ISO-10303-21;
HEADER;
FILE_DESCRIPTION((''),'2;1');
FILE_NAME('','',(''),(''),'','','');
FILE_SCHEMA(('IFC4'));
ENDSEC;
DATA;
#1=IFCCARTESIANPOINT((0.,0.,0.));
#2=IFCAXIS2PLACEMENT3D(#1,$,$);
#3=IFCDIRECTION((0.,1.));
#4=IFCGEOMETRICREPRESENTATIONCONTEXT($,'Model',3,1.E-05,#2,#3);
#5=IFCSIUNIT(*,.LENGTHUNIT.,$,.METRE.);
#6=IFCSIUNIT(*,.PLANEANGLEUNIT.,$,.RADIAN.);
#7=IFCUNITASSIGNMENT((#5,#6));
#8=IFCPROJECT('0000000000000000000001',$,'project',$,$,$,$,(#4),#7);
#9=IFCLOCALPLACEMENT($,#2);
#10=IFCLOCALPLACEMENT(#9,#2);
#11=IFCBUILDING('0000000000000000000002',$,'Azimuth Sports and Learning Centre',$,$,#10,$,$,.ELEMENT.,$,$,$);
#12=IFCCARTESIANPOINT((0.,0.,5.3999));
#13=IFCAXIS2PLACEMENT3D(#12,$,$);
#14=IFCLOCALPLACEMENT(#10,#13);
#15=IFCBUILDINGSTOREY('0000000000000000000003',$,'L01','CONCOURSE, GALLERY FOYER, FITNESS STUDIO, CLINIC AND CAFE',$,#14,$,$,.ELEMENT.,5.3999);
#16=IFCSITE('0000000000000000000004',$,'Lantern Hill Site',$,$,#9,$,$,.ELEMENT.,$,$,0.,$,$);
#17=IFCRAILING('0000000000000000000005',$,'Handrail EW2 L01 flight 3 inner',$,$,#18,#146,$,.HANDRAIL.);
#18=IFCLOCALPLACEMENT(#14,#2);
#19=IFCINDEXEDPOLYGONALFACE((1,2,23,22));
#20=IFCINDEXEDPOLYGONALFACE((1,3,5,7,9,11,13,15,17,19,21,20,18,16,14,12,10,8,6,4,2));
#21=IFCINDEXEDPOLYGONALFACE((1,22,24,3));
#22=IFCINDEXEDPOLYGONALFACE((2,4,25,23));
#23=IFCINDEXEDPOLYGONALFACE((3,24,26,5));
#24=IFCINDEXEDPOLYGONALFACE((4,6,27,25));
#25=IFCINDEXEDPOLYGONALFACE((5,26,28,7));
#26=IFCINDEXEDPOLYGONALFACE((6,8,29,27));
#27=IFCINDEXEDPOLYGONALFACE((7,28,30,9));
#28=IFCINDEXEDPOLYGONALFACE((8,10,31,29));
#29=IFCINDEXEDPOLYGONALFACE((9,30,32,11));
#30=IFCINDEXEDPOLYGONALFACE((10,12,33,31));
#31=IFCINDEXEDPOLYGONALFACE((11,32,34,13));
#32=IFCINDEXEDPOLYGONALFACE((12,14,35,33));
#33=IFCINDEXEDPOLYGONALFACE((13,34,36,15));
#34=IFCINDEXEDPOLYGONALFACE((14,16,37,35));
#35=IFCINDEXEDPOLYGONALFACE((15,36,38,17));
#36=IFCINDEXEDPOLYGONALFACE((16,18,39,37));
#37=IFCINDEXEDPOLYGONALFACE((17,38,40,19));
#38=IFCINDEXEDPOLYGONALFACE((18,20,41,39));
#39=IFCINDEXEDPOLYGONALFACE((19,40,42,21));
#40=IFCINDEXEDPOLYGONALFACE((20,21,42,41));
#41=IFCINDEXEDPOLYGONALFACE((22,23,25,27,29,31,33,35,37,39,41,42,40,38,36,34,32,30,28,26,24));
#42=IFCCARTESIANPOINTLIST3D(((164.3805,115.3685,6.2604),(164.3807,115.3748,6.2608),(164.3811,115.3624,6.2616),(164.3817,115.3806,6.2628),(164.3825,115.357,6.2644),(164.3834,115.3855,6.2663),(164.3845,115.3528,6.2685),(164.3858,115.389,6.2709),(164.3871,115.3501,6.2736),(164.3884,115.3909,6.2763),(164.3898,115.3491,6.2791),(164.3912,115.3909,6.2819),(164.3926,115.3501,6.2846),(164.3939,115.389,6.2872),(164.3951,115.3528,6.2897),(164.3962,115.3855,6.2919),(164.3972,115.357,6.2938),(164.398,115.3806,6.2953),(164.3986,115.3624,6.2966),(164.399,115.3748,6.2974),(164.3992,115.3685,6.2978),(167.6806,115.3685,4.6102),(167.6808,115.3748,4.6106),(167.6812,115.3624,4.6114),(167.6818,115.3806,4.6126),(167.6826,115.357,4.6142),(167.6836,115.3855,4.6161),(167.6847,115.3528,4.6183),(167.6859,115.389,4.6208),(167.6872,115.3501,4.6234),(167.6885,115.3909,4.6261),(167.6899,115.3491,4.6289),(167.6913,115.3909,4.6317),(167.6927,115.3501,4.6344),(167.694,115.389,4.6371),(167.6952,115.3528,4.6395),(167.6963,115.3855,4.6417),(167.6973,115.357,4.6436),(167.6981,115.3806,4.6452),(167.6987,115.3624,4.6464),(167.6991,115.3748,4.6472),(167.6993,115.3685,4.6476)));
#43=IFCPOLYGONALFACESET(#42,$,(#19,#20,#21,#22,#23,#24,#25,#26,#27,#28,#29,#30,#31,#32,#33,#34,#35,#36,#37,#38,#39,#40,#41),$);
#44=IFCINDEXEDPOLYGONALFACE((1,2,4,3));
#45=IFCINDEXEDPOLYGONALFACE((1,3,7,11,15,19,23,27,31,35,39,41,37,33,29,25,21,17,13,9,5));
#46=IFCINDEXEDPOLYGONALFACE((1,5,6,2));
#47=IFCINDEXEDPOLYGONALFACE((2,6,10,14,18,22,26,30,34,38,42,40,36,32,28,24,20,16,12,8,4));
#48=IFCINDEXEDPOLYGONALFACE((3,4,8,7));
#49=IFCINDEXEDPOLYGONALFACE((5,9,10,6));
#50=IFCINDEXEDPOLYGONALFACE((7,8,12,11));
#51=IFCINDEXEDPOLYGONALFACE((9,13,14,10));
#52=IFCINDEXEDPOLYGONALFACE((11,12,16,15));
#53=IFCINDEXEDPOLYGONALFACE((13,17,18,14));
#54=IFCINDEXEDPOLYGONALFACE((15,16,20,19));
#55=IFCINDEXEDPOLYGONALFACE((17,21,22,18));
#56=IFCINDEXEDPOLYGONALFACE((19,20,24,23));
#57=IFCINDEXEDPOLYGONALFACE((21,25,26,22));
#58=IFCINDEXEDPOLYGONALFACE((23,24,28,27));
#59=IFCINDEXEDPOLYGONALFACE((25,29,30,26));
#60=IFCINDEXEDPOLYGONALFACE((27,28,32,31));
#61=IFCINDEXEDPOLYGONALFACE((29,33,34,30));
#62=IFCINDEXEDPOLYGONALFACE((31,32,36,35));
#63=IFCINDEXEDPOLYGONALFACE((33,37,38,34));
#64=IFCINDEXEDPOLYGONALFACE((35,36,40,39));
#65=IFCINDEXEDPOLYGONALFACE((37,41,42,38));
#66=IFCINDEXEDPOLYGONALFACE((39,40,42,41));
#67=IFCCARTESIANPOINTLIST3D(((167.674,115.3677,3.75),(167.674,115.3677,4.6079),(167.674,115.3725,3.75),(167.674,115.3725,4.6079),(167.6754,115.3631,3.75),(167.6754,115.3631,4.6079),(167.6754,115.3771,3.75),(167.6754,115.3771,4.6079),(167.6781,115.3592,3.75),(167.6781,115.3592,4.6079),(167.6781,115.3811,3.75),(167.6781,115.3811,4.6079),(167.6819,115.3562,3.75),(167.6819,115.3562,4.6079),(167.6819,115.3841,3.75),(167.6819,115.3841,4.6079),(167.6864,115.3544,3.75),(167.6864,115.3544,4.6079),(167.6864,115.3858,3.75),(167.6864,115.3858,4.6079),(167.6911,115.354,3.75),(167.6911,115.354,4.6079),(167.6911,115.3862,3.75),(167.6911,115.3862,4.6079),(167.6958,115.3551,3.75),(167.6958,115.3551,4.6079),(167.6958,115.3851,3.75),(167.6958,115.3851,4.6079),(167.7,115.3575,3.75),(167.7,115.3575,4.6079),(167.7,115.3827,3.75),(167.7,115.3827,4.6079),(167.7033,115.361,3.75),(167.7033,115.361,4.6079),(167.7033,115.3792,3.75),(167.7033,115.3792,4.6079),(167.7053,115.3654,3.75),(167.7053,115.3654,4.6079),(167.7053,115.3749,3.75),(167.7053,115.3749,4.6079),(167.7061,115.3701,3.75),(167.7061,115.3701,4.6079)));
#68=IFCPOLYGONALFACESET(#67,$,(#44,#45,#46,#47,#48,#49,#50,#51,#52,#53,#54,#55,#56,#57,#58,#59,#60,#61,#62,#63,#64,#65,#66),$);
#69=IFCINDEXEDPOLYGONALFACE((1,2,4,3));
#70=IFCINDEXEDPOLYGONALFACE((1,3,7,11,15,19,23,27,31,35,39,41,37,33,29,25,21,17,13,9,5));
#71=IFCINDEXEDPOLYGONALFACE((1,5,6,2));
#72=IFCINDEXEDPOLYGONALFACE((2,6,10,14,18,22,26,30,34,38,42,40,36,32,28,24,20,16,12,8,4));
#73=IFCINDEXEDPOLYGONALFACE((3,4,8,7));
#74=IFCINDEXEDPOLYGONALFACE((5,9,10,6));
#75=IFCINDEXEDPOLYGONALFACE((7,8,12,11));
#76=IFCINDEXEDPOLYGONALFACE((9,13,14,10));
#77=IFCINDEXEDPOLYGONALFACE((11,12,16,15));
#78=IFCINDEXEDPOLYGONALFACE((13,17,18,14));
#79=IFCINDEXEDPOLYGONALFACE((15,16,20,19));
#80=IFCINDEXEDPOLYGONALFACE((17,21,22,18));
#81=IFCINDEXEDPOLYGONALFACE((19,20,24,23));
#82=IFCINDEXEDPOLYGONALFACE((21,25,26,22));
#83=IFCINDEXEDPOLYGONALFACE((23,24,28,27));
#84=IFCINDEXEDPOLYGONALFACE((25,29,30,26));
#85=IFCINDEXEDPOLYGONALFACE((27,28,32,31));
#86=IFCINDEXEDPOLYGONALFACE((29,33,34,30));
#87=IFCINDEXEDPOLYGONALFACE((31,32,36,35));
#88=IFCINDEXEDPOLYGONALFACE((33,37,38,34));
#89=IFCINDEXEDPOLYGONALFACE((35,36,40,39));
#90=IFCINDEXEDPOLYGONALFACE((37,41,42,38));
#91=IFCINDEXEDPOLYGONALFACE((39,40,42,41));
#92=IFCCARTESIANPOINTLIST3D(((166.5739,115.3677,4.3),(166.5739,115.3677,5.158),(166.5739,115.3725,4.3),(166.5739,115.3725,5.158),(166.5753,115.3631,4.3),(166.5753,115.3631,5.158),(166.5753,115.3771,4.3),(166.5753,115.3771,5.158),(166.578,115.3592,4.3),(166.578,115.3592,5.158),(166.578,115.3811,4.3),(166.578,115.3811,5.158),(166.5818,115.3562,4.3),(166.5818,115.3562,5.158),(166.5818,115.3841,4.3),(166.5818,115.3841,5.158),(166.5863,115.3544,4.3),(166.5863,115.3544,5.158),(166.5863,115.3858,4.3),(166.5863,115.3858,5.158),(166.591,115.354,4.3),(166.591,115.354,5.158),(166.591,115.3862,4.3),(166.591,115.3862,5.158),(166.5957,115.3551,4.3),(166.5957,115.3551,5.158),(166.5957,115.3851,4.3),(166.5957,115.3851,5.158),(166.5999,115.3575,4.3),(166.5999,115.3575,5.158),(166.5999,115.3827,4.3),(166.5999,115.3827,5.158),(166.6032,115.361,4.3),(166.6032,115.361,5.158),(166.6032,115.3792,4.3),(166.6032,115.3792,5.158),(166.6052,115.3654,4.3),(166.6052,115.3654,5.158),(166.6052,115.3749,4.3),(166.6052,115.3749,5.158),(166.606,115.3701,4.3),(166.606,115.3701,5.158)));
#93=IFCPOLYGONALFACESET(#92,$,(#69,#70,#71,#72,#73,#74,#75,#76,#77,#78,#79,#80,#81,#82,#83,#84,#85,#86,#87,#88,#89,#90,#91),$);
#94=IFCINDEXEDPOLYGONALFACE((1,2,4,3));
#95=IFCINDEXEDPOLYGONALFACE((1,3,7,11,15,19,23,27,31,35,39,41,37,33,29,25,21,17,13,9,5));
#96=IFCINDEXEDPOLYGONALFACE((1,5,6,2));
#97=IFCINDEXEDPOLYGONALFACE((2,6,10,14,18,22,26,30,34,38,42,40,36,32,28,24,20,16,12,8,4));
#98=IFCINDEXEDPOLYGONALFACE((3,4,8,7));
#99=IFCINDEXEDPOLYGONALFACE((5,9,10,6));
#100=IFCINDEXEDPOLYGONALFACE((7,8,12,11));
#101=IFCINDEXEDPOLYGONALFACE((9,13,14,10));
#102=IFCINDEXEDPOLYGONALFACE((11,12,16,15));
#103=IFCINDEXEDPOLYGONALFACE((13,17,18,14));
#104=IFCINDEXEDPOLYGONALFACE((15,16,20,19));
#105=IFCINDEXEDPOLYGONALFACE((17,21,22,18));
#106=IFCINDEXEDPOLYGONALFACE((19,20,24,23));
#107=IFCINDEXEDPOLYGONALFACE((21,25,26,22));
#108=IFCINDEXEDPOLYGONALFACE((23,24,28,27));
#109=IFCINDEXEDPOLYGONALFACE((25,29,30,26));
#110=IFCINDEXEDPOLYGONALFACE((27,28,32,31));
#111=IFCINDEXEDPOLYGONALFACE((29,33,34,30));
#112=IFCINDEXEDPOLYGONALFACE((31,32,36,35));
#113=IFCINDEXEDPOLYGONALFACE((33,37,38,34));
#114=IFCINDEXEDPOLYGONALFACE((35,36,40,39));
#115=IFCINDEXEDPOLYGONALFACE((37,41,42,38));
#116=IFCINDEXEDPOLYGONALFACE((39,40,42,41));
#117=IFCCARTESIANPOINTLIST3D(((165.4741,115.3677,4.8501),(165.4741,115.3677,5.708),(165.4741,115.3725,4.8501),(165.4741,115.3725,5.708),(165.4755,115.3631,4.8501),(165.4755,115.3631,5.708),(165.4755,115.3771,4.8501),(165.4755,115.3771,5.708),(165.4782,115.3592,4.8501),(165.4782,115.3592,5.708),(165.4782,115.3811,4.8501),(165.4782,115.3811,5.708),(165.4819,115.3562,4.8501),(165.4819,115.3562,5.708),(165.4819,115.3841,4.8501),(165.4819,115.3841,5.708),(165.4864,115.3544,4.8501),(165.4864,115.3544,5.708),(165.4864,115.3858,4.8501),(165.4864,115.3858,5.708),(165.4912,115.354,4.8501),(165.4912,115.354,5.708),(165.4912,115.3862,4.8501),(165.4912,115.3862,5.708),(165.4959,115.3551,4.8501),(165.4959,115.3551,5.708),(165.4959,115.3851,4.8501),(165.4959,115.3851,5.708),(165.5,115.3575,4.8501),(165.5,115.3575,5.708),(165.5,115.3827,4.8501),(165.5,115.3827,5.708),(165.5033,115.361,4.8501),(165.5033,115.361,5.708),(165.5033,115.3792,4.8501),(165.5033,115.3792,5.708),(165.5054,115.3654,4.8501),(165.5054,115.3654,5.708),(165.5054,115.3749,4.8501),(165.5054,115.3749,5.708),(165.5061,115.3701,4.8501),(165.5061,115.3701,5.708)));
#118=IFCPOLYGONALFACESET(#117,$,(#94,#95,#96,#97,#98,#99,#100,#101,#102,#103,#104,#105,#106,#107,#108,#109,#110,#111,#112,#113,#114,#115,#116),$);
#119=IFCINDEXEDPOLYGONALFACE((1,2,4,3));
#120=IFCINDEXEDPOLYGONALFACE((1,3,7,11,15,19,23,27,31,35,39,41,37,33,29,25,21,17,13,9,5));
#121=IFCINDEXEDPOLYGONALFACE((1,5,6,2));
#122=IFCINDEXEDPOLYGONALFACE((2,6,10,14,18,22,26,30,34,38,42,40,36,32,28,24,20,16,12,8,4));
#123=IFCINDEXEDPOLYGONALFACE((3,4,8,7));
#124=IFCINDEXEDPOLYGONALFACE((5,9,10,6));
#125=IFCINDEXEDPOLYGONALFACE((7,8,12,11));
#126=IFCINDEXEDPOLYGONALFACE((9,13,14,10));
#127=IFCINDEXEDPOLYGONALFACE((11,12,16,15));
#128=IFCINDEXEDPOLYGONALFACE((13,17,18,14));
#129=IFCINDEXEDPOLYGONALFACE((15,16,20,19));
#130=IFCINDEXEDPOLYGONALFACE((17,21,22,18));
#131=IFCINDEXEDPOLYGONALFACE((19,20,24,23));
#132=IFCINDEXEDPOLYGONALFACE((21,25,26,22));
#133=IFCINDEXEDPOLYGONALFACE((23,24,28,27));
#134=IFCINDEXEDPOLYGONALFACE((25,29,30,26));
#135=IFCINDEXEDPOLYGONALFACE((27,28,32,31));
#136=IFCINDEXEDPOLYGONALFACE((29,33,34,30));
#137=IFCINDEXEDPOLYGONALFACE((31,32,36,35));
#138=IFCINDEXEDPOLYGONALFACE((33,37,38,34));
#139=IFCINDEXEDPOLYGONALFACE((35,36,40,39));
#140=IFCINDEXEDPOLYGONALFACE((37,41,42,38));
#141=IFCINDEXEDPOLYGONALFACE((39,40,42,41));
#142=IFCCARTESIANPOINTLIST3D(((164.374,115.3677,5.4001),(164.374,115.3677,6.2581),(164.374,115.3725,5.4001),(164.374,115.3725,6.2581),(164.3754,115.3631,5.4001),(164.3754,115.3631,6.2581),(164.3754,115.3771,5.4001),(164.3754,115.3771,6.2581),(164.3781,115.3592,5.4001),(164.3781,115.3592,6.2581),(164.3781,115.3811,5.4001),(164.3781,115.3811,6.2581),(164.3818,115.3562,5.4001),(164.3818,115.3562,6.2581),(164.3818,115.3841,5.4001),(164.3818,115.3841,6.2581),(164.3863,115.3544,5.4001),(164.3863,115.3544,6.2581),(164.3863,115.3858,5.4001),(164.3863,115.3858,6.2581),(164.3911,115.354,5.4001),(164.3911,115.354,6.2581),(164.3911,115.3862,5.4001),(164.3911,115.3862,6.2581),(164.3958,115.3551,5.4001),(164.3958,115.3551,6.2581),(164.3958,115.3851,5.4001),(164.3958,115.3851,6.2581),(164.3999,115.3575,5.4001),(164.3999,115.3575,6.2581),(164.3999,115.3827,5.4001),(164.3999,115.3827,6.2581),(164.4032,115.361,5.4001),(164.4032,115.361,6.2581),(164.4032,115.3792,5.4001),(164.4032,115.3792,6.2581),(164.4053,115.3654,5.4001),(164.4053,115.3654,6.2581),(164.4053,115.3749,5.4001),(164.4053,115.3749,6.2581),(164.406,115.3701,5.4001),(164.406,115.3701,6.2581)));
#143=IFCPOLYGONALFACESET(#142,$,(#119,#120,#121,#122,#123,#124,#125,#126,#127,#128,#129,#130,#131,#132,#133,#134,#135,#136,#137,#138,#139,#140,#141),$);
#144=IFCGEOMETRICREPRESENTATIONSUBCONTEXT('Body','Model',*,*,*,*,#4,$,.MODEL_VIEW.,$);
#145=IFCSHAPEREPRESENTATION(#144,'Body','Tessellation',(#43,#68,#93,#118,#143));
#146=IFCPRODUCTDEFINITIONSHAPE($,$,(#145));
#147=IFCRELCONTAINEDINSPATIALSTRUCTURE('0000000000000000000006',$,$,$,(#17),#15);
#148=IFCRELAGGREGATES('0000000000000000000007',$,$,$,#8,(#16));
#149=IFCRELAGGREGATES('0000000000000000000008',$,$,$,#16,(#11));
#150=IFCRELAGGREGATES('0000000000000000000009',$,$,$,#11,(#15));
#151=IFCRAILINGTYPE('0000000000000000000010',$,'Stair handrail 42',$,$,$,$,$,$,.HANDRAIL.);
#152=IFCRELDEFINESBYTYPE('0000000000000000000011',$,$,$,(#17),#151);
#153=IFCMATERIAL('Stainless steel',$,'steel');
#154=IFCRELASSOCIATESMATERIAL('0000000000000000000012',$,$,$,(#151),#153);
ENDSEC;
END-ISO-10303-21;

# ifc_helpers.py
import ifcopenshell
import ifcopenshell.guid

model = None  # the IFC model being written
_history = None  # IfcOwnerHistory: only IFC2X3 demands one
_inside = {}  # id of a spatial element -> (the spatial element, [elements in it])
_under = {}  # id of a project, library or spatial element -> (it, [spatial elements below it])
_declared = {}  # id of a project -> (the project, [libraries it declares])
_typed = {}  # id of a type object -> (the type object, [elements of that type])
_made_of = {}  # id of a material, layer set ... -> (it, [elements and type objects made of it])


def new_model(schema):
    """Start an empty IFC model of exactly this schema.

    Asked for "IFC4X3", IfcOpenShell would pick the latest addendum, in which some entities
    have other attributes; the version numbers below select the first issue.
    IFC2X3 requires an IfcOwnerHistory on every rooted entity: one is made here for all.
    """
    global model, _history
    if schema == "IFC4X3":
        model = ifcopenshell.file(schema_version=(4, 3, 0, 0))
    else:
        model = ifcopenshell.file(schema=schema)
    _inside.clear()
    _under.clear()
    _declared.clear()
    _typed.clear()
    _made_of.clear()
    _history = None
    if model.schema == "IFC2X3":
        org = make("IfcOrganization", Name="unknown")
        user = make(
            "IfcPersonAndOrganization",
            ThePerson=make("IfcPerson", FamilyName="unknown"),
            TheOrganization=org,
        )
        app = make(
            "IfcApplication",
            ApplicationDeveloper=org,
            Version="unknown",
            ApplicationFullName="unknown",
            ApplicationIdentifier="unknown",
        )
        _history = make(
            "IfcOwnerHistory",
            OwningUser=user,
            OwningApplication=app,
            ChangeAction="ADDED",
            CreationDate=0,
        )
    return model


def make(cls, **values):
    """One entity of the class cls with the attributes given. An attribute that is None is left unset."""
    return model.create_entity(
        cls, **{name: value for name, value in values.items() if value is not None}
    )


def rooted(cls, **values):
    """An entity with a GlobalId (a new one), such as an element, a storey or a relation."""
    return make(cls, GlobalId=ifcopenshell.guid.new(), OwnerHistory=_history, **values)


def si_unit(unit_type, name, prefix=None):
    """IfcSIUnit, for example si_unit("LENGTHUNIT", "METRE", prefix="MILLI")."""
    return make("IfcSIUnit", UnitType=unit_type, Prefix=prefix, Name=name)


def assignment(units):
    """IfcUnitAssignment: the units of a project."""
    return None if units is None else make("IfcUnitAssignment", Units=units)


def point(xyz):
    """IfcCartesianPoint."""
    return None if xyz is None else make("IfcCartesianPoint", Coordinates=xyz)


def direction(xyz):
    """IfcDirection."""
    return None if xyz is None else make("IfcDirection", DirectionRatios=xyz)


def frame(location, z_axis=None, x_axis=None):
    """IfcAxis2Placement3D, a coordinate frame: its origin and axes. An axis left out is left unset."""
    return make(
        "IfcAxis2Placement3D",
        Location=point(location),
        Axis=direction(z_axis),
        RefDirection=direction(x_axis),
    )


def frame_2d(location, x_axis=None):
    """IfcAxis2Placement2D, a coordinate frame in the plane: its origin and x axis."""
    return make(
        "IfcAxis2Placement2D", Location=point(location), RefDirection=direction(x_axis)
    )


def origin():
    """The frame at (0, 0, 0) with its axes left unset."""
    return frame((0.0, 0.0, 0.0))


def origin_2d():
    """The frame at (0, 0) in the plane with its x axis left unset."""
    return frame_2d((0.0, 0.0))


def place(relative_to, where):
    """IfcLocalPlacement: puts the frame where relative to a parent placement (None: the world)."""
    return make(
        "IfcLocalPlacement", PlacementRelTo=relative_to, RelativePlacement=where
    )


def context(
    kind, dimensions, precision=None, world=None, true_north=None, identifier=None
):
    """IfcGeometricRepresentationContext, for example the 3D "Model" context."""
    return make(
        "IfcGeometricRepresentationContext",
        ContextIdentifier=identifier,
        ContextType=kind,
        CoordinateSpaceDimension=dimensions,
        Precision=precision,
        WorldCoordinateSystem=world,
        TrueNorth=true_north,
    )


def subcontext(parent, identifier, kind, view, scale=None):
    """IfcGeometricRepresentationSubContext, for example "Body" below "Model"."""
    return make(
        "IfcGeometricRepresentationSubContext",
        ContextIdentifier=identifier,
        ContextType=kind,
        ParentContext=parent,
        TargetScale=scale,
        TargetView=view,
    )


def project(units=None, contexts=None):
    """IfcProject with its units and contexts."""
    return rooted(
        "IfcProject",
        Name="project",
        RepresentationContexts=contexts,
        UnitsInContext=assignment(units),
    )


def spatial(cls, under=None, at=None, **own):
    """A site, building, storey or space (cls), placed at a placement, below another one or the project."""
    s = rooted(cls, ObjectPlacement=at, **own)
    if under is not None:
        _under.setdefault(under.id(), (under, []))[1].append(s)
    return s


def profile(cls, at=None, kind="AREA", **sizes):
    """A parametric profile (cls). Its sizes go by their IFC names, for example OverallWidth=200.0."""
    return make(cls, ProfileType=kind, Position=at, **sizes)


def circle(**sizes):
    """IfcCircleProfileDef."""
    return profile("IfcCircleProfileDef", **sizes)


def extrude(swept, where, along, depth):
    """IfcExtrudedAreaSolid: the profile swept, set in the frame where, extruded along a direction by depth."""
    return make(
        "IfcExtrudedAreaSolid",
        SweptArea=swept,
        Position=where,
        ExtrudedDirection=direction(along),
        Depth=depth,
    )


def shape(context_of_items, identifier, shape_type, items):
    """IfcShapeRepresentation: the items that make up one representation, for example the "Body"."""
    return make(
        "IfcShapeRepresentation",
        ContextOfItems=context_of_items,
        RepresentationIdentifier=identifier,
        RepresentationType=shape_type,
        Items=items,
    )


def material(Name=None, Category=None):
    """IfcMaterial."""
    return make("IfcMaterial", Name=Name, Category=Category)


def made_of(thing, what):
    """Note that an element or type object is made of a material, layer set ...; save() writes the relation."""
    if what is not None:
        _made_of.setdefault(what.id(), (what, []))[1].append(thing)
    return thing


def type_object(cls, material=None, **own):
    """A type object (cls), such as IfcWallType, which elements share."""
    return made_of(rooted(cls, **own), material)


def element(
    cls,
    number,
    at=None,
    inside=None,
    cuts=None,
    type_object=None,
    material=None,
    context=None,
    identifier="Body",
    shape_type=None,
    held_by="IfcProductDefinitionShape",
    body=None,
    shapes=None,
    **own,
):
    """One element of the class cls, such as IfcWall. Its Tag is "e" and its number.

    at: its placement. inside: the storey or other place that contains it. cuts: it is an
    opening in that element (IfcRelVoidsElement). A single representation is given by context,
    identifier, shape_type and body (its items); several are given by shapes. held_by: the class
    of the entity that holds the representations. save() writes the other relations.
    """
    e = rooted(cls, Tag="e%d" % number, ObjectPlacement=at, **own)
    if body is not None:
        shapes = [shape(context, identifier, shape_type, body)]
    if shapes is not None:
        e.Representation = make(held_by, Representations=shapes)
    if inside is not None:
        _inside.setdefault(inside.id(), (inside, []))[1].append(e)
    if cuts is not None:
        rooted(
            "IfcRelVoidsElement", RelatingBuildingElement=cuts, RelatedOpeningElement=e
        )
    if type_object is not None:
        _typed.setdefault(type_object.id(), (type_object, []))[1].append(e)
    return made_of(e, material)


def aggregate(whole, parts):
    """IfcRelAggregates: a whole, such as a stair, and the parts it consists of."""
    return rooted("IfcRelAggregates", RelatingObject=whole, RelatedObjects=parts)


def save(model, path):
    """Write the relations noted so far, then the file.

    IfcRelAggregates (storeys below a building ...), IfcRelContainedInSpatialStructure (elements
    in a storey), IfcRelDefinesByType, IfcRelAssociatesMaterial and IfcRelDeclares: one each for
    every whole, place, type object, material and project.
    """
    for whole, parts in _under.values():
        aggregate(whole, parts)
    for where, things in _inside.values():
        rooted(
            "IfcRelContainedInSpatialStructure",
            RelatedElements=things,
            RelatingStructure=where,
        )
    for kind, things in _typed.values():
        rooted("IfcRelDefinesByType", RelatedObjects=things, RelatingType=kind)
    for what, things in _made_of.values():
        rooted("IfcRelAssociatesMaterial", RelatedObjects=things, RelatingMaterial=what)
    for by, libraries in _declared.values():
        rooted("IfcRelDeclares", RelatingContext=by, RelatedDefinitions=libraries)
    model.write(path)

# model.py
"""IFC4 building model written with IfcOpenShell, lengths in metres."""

from ifc_helpers import new_model, si_unit, direction, frame, origin, origin_2d, place, context, subcontext, project, spatial, circle, extrude, material, type_object, element, save


model = new_model("IFC4")

# Units and contexts
model_context = context("Model", 3, precision=1e-05, world=origin(), true_north=direction((0.0, 1.0)))
body_context = subcontext(model_context, "Body", "Model", "MODEL_VIEW")
ifc_project = project(units=[si_unit("LENGTHUNIT", "METRE"), si_unit("PLANEANGLEUNIT", "RADIAN")], contexts=[model_context])

# Site, building, storey
site_placement = place(None, origin())
site = spatial("IfcSite", under=ifc_project, at=site_placement, Name="Lantern Hill Site", CompositionType="ELEMENT", RefElevation=0.0)
building_placement = place(site_placement, origin())
building = spatial("IfcBuilding", under=site, at=building_placement, Name="Azimuth Sports and Learning Centre", CompositionType="ELEMENT")
storey_placement = place(building_placement, frame((0.0, 0.0, 5.3999)))
storey = spatial("IfcBuildingStorey", under=building, at=storey_placement, Name="L01", Description="CONCOURSE, GALLERY FOYER, FITNESS STUDIO, CLINIC AND CAFE", CompositionType="ELEMENT", Elevation=5.3999)

# Railing
ifc_material_1 = material(Name="Stainless steel", Category="steel")
railing_type_1 = type_object("IfcRailingType", Name="Stair handrail 42", PredefinedType="HANDRAIL", material=ifc_material_1)
railing_1_placement = place(storey_placement, frame((167.6899, 115.3701, 3.75)))
element("IfcRailing", 1, at=railing_1_placement, inside=storey, type_object=railing_type_1, Name="Handrail EW2 L01 flight 3 inner", PredefinedType="HANDRAIL", context=body_context, shape_type="SweptSolid", body=[
    extrude(circle(Radius=0.021, at=origin_2d()), frame((0.0, 0.0, 0.8789), z_axis=(-0.894414, 0.0, 0.44724), x_axis=(0.0, -1.0, 0.0)), (0.0, 0.0, 1.0), 3.6897),
    extrude(circle(Radius=0.0161, at=origin_2d()), origin(), (0.0, 0.0, 1.0), 0.8579),
    extrude(circle(Radius=0.0161, at=origin_2d()), frame((-1.1001, 0.0, 0.55)), (0.0, 0.0, 1.0), 0.8579),
    extrude(circle(Radius=0.0161, at=origin_2d()), frame((-2.2, 0.0, 1.1001)), (0.0, 0.0, 1.0), 0.8579),
    extrude(circle(Radius=0.0161, at=origin_2d()), frame((-3.3, 0.0, 1.6501)), (0.0, 0.0, 1.0), 0.8579),
])

save(model, "model.ifc")
